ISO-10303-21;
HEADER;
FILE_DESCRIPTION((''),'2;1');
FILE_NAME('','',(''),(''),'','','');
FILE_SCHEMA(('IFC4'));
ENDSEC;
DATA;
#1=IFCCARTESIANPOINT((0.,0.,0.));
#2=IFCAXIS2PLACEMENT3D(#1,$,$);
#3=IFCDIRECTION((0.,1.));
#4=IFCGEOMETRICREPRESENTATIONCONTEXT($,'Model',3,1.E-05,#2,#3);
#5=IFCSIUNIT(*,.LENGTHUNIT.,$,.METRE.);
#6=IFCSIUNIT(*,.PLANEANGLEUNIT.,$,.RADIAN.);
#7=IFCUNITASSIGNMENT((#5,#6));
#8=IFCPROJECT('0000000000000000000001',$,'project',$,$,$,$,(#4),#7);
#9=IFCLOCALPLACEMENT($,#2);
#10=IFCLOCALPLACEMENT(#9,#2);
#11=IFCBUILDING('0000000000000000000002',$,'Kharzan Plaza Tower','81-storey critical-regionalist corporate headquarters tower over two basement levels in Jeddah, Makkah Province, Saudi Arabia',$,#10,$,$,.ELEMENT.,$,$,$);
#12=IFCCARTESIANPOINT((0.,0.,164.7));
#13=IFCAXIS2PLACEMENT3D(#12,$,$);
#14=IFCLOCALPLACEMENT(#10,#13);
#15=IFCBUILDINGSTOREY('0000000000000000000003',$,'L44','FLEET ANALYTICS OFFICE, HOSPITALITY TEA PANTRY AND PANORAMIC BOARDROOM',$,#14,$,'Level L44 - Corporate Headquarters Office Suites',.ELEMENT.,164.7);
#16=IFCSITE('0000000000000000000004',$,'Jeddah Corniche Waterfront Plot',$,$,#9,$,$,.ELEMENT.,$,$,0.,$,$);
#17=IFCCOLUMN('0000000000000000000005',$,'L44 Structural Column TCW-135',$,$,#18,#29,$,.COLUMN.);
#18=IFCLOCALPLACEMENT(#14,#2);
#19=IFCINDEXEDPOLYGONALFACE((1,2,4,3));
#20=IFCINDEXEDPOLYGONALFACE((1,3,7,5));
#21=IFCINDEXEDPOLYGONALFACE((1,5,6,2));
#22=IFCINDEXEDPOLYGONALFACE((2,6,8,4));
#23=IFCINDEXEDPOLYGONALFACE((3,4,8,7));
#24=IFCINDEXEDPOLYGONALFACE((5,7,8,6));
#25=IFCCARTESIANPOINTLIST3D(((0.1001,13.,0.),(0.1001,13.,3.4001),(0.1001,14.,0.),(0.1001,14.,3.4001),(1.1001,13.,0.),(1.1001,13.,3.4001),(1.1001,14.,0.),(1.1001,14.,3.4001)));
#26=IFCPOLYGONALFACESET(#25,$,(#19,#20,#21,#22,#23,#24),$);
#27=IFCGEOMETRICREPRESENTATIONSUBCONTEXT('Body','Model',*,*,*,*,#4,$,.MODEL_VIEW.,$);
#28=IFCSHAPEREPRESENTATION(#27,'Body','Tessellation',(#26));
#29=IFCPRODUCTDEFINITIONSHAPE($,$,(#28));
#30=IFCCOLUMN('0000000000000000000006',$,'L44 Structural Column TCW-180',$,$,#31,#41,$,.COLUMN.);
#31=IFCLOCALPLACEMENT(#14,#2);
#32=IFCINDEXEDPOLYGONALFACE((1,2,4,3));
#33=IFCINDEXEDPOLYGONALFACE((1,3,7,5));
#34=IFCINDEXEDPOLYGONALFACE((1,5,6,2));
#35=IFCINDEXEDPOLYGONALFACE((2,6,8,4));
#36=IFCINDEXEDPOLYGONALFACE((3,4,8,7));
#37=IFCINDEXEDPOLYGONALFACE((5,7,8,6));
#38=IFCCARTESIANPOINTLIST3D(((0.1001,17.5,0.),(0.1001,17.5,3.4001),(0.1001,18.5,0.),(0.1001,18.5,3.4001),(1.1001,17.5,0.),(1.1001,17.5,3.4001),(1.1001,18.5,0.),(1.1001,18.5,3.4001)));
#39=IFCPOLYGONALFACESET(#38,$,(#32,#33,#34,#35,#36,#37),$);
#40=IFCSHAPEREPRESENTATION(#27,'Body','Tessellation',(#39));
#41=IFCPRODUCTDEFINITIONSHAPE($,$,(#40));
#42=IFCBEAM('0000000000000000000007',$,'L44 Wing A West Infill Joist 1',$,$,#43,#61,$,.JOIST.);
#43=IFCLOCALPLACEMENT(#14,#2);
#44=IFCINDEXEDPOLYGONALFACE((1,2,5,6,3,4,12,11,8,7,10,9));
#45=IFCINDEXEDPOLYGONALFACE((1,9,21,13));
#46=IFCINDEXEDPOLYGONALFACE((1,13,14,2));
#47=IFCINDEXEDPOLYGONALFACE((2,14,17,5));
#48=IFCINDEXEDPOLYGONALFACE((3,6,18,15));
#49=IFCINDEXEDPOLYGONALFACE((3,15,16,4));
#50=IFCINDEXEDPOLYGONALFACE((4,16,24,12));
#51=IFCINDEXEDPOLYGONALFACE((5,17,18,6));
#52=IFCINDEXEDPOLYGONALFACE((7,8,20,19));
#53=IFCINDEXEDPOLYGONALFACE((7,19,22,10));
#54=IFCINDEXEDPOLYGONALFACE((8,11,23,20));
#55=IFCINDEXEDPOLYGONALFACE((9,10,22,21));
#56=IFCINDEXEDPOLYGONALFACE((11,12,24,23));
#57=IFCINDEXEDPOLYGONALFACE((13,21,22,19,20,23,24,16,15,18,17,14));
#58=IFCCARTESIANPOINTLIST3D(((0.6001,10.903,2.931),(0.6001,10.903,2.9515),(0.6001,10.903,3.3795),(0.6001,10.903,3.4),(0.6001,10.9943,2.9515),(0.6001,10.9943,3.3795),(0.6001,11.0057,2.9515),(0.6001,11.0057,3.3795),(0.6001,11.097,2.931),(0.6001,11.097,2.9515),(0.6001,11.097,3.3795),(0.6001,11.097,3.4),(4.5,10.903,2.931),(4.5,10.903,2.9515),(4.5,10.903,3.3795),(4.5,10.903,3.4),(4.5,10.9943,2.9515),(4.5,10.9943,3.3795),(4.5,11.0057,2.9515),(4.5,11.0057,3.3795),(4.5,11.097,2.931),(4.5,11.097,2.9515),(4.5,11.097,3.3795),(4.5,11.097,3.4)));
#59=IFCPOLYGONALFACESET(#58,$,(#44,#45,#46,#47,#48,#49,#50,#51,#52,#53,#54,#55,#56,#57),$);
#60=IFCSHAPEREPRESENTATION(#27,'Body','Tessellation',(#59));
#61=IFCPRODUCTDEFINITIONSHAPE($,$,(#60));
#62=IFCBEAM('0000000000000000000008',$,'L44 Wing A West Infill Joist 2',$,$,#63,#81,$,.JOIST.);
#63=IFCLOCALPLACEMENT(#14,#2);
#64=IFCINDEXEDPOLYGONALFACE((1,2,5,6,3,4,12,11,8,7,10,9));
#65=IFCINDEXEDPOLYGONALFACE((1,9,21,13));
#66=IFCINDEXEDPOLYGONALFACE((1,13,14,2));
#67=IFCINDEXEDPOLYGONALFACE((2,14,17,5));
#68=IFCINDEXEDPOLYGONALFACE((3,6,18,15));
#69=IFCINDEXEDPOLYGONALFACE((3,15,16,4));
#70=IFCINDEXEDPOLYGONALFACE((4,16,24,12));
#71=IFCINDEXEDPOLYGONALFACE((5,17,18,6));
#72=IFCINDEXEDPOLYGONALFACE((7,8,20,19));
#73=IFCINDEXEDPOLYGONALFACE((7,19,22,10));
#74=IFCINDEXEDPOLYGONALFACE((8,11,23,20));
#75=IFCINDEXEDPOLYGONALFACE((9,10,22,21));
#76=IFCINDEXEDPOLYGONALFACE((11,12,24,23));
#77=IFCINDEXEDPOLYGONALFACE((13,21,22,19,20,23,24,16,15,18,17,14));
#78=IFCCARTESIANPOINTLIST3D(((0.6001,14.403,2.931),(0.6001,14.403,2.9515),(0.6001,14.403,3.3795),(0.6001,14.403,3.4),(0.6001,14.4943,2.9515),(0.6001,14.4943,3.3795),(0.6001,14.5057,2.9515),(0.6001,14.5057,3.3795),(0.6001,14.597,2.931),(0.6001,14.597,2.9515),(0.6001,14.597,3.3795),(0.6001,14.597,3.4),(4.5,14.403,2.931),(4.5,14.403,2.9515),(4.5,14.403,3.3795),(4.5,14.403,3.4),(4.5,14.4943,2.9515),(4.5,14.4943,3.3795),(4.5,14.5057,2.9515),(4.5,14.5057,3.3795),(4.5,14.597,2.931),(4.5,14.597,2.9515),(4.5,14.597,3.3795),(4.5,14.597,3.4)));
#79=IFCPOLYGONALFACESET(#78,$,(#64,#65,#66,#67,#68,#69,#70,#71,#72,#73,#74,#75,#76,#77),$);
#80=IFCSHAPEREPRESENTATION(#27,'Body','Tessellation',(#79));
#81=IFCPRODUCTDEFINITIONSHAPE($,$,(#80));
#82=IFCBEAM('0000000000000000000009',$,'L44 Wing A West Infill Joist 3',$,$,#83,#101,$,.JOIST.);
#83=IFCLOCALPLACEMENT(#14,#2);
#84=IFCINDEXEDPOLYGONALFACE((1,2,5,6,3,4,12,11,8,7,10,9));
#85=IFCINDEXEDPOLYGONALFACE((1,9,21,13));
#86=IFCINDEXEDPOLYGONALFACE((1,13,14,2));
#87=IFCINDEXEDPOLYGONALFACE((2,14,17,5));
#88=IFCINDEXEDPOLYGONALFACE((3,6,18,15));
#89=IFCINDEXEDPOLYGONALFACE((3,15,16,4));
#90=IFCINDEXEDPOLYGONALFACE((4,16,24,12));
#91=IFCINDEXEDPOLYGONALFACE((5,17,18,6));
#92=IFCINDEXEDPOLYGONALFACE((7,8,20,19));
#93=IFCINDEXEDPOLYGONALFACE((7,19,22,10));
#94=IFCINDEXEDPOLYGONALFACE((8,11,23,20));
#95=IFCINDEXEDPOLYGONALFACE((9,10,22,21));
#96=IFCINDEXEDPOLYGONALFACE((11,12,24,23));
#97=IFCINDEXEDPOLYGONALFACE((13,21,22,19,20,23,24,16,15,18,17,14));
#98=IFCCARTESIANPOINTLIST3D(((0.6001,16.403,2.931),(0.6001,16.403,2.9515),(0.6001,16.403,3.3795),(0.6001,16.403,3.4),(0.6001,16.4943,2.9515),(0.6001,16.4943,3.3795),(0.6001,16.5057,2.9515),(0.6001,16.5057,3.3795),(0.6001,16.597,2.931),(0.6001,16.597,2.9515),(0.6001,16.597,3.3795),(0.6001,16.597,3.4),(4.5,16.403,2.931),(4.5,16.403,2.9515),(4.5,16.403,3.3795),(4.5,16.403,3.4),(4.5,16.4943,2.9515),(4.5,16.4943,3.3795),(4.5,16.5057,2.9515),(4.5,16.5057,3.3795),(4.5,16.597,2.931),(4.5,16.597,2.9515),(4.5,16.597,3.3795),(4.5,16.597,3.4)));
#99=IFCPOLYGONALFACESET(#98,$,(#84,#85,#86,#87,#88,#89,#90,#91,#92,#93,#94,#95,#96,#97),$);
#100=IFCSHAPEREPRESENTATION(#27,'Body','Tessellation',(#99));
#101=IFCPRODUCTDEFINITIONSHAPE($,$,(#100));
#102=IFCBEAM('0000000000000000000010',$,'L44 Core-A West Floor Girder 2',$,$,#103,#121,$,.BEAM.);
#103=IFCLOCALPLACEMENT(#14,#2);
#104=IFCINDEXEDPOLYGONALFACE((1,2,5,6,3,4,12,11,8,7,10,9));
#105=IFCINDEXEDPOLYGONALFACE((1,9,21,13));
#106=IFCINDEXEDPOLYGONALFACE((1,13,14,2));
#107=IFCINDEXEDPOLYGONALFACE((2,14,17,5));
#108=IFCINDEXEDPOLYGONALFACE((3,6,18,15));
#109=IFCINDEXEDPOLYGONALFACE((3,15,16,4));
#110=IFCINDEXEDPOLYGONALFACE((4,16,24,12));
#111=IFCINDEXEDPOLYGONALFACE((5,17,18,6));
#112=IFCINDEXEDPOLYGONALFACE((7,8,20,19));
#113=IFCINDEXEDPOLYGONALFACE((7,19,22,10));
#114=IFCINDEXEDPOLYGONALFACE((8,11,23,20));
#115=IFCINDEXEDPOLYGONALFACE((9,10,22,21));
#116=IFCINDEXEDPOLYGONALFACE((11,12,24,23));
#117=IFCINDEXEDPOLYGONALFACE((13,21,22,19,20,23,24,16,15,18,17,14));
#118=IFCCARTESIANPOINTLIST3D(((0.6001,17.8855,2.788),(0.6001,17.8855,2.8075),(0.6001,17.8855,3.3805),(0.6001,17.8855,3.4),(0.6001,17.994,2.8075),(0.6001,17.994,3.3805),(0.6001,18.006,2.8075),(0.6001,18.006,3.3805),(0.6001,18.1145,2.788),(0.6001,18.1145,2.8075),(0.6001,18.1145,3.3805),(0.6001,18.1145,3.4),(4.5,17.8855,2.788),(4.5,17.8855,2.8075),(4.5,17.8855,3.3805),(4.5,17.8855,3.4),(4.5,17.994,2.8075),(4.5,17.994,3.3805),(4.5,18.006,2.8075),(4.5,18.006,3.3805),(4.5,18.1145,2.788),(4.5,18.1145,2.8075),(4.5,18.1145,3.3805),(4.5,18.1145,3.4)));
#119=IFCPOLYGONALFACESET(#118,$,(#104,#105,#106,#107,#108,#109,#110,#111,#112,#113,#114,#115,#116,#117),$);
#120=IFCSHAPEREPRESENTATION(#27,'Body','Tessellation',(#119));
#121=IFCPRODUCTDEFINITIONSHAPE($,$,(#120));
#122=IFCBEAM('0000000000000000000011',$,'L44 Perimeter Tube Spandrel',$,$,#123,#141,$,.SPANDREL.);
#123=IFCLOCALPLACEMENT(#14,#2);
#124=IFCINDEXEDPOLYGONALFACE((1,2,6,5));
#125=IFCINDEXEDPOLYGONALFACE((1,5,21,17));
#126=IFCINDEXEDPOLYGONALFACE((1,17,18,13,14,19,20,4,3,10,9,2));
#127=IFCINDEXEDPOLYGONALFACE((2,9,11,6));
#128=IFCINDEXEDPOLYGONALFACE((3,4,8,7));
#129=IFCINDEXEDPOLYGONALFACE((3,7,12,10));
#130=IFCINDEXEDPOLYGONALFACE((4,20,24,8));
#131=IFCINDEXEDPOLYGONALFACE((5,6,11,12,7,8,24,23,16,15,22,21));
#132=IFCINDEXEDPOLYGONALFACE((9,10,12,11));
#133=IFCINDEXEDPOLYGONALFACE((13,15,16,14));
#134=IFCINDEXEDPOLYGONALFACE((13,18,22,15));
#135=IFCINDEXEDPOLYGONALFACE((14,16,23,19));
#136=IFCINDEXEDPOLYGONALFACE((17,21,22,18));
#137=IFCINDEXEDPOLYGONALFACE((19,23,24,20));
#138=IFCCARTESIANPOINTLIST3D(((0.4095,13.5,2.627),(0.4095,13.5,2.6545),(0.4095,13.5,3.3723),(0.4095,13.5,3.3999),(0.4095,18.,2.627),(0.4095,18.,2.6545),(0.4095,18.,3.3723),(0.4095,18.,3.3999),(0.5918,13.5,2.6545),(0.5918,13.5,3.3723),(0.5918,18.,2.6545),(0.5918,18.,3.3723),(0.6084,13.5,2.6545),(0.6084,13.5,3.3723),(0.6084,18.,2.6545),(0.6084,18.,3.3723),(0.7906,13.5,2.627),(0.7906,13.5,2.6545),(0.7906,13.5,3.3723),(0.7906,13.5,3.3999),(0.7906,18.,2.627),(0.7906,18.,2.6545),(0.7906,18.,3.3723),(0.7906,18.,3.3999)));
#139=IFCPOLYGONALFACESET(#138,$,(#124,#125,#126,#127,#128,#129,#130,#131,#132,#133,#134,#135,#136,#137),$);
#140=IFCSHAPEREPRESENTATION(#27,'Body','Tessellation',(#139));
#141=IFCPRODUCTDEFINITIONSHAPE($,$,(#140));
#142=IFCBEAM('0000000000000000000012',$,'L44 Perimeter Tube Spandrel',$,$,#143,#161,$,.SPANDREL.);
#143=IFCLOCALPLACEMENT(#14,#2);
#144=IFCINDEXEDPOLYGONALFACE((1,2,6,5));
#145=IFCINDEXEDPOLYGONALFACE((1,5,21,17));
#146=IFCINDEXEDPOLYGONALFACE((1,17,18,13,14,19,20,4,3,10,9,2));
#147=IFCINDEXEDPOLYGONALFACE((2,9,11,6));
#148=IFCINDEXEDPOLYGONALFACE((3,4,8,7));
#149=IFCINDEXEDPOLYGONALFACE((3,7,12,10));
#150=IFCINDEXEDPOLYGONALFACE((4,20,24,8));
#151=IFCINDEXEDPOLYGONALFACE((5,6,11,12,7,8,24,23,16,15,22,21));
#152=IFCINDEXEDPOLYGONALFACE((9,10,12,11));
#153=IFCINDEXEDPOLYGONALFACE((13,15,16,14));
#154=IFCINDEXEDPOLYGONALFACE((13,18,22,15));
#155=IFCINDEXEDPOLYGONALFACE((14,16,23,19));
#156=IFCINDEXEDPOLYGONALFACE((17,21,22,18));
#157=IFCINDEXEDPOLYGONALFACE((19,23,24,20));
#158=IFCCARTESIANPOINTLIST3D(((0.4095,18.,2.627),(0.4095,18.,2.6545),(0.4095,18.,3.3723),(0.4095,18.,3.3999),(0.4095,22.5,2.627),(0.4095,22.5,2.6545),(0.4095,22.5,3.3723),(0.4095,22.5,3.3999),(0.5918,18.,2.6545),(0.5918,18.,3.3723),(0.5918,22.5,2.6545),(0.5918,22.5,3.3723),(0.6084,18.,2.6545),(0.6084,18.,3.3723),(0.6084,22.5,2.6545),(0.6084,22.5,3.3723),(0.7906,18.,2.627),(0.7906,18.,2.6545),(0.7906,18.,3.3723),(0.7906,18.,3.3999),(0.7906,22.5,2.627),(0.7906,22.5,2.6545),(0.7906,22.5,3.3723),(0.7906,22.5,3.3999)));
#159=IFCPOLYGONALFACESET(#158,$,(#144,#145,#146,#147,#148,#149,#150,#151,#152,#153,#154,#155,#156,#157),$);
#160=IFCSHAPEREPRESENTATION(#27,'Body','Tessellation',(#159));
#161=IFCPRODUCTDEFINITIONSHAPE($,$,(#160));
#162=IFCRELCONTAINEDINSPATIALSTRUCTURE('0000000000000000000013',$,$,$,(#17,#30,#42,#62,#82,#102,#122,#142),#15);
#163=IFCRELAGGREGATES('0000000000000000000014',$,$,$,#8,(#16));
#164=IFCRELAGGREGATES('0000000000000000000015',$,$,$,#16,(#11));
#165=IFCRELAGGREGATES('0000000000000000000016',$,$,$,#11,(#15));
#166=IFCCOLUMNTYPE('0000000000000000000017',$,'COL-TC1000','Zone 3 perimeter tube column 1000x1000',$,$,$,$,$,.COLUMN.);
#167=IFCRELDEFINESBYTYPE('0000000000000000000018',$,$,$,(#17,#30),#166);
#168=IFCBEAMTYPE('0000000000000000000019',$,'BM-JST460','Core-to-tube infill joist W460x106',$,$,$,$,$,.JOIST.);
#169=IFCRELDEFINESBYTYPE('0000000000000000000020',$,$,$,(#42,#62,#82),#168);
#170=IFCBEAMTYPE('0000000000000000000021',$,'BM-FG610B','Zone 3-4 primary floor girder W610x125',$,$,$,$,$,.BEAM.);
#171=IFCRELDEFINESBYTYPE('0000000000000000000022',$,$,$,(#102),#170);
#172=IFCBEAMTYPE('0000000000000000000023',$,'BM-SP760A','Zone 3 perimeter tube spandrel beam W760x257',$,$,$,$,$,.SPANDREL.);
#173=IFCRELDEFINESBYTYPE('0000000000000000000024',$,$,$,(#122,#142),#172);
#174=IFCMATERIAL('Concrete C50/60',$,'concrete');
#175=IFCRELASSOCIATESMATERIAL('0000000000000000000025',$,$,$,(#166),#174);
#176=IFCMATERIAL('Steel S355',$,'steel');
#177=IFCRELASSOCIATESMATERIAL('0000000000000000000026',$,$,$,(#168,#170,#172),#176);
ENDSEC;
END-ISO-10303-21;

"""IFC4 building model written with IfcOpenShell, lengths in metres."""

from ifc_helpers import new_model, si_unit, direction, frame, origin, origin_2d, place, context, subcontext, project, spatial, rectangle, i_section, extrude, source, transform, mapped, material, material_profile, profile_set, type_object, element, save


model = new_model("IFC4")

# Units and contexts
model_context = context("Model", 3, precision=1e-05, world=origin(), true_north=direction((0.0, 1.0)))
body_context = subcontext(model_context, "Body", "Model", "MODEL_VIEW")
ifc_project = project(units=[si_unit("LENGTHUNIT", "METRE"), si_unit("PLANEANGLEUNIT", "RADIAN")], contexts=[model_context])

# Site, building, storey
site_placement = place(None, origin())
site = spatial("IfcSite", under=ifc_project, at=site_placement, Name="Jeddah Corniche Waterfront Plot", CompositionType="ELEMENT", RefElevation=0.0)
building_placement = place(site_placement, origin())
building = spatial("IfcBuilding", under=site, at=building_placement, Name="Kharzan Plaza Tower", Description="81-storey critical-regionalist corporate headquarters tower over two basement levels in Jeddah, Makkah Province, Saudi Arabia", CompositionType="ELEMENT")
storey_placement = place(building_placement, frame((0.0, 0.0, 164.7)))
storey = spatial("IfcBuildingStorey", under=building, at=storey_placement, Name="L44", Description="FLEET ANALYTICS OFFICE, HOSPITALITY TEA PANTRY AND PANORAMIC BOARDROOM", LongName="Level L44 - Corporate Headquarters Office Suites", CompositionType="ELEMENT", Elevation=164.7)

# Columns
ifc_material_1 = material(Name="Concrete C50/60", Category="concrete")
ifc_material_profile_1 = material_profile(ifc_material_1, rectangle(XDim=1.0, YDim=1.0, at=origin_2d()), Name="RC-TC1000x1000")
ifc_profile_set_1 = profile_set([ifc_material_profile_1], Name="Concrete C50/60")
column_type = type_object("IfcColumnType", Name="COL-TC1000", Description="Zone 3 perimeter tube column 1000x1000", PredefinedType="COLUMN", material=ifc_profile_set_1)
shared_shape_1 = source(origin(), body_context, "Body", "SweptSolid", [
    extrude(rectangle(XDim=1.0, YDim=1.0, at=origin_2d()), origin(), (0.0, 0.0, 1.0), 3.4001),
])
for number, where, z_axis, x_axis, name in (
    (1, (0.6001, 13.5, 0.0), (0.0, 0.0, 1.0), (1.0, 0.0, 0.0), "L44 Structural Column TCW-135"),
    (2, (0.6001, 18.0, 0.0), (0.0, 0.0, 1.0), (1.0, 0.0, 0.0), "L44 Structural Column TCW-180"),
):
    element("IfcColumn", number, at=place(storey_placement, frame(where, z_axis=z_axis, x_axis=x_axis)), inside=storey, type_object=column_type, Name=name, PredefinedType="COLUMN", context=body_context, shape_type="MappedRepresentation", body=[
        mapped(shared_shape_1, transform((0.0, 0.0, 0.0), x_axis=(1.0, 0.0, 0.0), y_axis=(0.0, 1.0, 0.0), z_axis=(0.0, 0.0, 1.0))),
    ])

# Beams
ifc_material_2 = material(Name="Steel S355", Category="steel")
ifc_material_profile_2 = material_profile(ifc_material_2, i_section(OverallWidth=0.1941, OverallDepth=0.469, WebThickness=0.0115, FlangeThickness=0.0205, at=origin_2d()), Name="W460x106")
ifc_profile_set_2 = profile_set([ifc_material_profile_2], Name="Steel S355")
beam_type_1 = type_object("IfcBeamType", Name="BM-JST460", Description="Core-to-tube infill joist W460x106", PredefinedType="JOIST", material=ifc_profile_set_2)
shared_shape_2 = source(origin(), body_context, "Body", "SweptSolid", [
    extrude(i_section(OverallWidth=0.1941, OverallDepth=0.469, WebThickness=0.0115, FlangeThickness=0.0205, at=origin_2d()), origin(), (0.0, 0.0, 1.0), 3.8999),
])
for number, where, z_axis, x_axis, name in (
    (3, (0.6001, 11.0, 3.1655), (1.0, 0.0, 0.0), (0.0, 1.0, 0.0), "L44 Wing A West Infill Joist 1"),
    (4, (0.6001, 14.5, 3.1655), (1.0, 0.0, 0.0), (0.0, 1.0, 0.0), "L44 Wing A West Infill Joist 2"),
    (5, (0.6001, 16.5, 3.1655), (1.0, 0.0, 0.0), (0.0, 1.0, 0.0), "L44 Wing A West Infill Joist 3"),
):
    element("IfcBeam", number, at=place(storey_placement, frame(where, z_axis=z_axis, x_axis=x_axis)), inside=storey, type_object=beam_type_1, Name=name, PredefinedType="JOIST", context=body_context, shape_type="MappedRepresentation", body=[
        mapped(shared_shape_2, transform((0.0, 0.0, 0.0), x_axis=(1.0, 0.0, 0.0), y_axis=(0.0, 1.0, 0.0), z_axis=(0.0, 0.0, 1.0))),
    ])
ifc_material_profile_3 = material_profile(ifc_material_2, i_section(OverallWidth=0.229, OverallDepth=0.6121, WebThickness=0.012, FlangeThickness=0.0195, at=origin_2d()), Name="W610x125")
ifc_profile_set_3 = profile_set([ifc_material_profile_3], Name="Steel S355")
beam_type_2 = type_object("IfcBeamType", Name="BM-FG610B", Description="Zone 3-4 primary floor girder W610x125", PredefinedType="BEAM", material=ifc_profile_set_3)
shared_shape_3 = source(origin(), body_context, "Body", "SweptSolid", [
    extrude(i_section(OverallWidth=0.229, OverallDepth=0.6121, WebThickness=0.012, FlangeThickness=0.0195, at=origin_2d()), origin(), (0.0, 0.0, 1.0), 3.8999),
])
beam_placement = place(storey_placement, frame((0.6001, 18.0, 3.094), z_axis=(1.0, 0.0, 0.0), x_axis=(0.0, 1.0, 0.0)))
element("IfcBeam", 6, at=beam_placement, inside=storey, type_object=beam_type_2, Name="L44 Core-A West Floor Girder 2", PredefinedType="BEAM", context=body_context, shape_type="MappedRepresentation", body=[
    mapped(shared_shape_3, transform((0.0, 0.0, 0.0), x_axis=(1.0, 0.0, 0.0), y_axis=(0.0, 1.0, 0.0), z_axis=(0.0, 0.0, 1.0))),
])
ifc_material_profile_4 = material_profile(ifc_material_2, i_section(OverallWidth=0.3811, OverallDepth=0.7729, WebThickness=0.0166, FlangeThickness=0.0276, at=origin_2d()), Name="W760x257")
ifc_profile_set_4 = profile_set([ifc_material_profile_4], Name="Steel S355")
beam_type_3 = type_object("IfcBeamType", Name="BM-SP760A", Description="Zone 3 perimeter tube spandrel beam W760x257", PredefinedType="SPANDREL", material=ifc_profile_set_4)
shared_shape_4 = source(origin(), body_context, "Body", "SweptSolid", [
    extrude(i_section(OverallWidth=0.3811, OverallDepth=0.7729, WebThickness=0.0166, FlangeThickness=0.0276, at=origin_2d()), origin(), (0.0, 0.0, 1.0), 4.5),
])
for number, where, z_axis, x_axis, name in (
    (7, (0.6001, 13.5, 3.0134), (0.0, 1.0, 0.0), (-1.0, 0.0, 0.0), "L44 Perimeter Tube Spandrel"),
    (8, (0.6001, 18.0, 3.0134), (0.0, 1.0, 0.0), (-1.0, 0.0, 0.0), "L44 Perimeter Tube Spandrel"),
):
    element("IfcBeam", number, at=place(storey_placement, frame(where, z_axis=z_axis, x_axis=x_axis)), inside=storey, type_object=beam_type_3, Name=name, PredefinedType="SPANDREL", context=body_context, shape_type="MappedRepresentation", body=[
        mapped(shared_shape_4, transform((0.0, 0.0, 0.0), x_axis=(1.0, 0.0, 0.0), y_axis=(0.0, 1.0, 0.0), z_axis=(0.0, 0.0, 1.0))),
    ])

save(model, "model.ifc")
